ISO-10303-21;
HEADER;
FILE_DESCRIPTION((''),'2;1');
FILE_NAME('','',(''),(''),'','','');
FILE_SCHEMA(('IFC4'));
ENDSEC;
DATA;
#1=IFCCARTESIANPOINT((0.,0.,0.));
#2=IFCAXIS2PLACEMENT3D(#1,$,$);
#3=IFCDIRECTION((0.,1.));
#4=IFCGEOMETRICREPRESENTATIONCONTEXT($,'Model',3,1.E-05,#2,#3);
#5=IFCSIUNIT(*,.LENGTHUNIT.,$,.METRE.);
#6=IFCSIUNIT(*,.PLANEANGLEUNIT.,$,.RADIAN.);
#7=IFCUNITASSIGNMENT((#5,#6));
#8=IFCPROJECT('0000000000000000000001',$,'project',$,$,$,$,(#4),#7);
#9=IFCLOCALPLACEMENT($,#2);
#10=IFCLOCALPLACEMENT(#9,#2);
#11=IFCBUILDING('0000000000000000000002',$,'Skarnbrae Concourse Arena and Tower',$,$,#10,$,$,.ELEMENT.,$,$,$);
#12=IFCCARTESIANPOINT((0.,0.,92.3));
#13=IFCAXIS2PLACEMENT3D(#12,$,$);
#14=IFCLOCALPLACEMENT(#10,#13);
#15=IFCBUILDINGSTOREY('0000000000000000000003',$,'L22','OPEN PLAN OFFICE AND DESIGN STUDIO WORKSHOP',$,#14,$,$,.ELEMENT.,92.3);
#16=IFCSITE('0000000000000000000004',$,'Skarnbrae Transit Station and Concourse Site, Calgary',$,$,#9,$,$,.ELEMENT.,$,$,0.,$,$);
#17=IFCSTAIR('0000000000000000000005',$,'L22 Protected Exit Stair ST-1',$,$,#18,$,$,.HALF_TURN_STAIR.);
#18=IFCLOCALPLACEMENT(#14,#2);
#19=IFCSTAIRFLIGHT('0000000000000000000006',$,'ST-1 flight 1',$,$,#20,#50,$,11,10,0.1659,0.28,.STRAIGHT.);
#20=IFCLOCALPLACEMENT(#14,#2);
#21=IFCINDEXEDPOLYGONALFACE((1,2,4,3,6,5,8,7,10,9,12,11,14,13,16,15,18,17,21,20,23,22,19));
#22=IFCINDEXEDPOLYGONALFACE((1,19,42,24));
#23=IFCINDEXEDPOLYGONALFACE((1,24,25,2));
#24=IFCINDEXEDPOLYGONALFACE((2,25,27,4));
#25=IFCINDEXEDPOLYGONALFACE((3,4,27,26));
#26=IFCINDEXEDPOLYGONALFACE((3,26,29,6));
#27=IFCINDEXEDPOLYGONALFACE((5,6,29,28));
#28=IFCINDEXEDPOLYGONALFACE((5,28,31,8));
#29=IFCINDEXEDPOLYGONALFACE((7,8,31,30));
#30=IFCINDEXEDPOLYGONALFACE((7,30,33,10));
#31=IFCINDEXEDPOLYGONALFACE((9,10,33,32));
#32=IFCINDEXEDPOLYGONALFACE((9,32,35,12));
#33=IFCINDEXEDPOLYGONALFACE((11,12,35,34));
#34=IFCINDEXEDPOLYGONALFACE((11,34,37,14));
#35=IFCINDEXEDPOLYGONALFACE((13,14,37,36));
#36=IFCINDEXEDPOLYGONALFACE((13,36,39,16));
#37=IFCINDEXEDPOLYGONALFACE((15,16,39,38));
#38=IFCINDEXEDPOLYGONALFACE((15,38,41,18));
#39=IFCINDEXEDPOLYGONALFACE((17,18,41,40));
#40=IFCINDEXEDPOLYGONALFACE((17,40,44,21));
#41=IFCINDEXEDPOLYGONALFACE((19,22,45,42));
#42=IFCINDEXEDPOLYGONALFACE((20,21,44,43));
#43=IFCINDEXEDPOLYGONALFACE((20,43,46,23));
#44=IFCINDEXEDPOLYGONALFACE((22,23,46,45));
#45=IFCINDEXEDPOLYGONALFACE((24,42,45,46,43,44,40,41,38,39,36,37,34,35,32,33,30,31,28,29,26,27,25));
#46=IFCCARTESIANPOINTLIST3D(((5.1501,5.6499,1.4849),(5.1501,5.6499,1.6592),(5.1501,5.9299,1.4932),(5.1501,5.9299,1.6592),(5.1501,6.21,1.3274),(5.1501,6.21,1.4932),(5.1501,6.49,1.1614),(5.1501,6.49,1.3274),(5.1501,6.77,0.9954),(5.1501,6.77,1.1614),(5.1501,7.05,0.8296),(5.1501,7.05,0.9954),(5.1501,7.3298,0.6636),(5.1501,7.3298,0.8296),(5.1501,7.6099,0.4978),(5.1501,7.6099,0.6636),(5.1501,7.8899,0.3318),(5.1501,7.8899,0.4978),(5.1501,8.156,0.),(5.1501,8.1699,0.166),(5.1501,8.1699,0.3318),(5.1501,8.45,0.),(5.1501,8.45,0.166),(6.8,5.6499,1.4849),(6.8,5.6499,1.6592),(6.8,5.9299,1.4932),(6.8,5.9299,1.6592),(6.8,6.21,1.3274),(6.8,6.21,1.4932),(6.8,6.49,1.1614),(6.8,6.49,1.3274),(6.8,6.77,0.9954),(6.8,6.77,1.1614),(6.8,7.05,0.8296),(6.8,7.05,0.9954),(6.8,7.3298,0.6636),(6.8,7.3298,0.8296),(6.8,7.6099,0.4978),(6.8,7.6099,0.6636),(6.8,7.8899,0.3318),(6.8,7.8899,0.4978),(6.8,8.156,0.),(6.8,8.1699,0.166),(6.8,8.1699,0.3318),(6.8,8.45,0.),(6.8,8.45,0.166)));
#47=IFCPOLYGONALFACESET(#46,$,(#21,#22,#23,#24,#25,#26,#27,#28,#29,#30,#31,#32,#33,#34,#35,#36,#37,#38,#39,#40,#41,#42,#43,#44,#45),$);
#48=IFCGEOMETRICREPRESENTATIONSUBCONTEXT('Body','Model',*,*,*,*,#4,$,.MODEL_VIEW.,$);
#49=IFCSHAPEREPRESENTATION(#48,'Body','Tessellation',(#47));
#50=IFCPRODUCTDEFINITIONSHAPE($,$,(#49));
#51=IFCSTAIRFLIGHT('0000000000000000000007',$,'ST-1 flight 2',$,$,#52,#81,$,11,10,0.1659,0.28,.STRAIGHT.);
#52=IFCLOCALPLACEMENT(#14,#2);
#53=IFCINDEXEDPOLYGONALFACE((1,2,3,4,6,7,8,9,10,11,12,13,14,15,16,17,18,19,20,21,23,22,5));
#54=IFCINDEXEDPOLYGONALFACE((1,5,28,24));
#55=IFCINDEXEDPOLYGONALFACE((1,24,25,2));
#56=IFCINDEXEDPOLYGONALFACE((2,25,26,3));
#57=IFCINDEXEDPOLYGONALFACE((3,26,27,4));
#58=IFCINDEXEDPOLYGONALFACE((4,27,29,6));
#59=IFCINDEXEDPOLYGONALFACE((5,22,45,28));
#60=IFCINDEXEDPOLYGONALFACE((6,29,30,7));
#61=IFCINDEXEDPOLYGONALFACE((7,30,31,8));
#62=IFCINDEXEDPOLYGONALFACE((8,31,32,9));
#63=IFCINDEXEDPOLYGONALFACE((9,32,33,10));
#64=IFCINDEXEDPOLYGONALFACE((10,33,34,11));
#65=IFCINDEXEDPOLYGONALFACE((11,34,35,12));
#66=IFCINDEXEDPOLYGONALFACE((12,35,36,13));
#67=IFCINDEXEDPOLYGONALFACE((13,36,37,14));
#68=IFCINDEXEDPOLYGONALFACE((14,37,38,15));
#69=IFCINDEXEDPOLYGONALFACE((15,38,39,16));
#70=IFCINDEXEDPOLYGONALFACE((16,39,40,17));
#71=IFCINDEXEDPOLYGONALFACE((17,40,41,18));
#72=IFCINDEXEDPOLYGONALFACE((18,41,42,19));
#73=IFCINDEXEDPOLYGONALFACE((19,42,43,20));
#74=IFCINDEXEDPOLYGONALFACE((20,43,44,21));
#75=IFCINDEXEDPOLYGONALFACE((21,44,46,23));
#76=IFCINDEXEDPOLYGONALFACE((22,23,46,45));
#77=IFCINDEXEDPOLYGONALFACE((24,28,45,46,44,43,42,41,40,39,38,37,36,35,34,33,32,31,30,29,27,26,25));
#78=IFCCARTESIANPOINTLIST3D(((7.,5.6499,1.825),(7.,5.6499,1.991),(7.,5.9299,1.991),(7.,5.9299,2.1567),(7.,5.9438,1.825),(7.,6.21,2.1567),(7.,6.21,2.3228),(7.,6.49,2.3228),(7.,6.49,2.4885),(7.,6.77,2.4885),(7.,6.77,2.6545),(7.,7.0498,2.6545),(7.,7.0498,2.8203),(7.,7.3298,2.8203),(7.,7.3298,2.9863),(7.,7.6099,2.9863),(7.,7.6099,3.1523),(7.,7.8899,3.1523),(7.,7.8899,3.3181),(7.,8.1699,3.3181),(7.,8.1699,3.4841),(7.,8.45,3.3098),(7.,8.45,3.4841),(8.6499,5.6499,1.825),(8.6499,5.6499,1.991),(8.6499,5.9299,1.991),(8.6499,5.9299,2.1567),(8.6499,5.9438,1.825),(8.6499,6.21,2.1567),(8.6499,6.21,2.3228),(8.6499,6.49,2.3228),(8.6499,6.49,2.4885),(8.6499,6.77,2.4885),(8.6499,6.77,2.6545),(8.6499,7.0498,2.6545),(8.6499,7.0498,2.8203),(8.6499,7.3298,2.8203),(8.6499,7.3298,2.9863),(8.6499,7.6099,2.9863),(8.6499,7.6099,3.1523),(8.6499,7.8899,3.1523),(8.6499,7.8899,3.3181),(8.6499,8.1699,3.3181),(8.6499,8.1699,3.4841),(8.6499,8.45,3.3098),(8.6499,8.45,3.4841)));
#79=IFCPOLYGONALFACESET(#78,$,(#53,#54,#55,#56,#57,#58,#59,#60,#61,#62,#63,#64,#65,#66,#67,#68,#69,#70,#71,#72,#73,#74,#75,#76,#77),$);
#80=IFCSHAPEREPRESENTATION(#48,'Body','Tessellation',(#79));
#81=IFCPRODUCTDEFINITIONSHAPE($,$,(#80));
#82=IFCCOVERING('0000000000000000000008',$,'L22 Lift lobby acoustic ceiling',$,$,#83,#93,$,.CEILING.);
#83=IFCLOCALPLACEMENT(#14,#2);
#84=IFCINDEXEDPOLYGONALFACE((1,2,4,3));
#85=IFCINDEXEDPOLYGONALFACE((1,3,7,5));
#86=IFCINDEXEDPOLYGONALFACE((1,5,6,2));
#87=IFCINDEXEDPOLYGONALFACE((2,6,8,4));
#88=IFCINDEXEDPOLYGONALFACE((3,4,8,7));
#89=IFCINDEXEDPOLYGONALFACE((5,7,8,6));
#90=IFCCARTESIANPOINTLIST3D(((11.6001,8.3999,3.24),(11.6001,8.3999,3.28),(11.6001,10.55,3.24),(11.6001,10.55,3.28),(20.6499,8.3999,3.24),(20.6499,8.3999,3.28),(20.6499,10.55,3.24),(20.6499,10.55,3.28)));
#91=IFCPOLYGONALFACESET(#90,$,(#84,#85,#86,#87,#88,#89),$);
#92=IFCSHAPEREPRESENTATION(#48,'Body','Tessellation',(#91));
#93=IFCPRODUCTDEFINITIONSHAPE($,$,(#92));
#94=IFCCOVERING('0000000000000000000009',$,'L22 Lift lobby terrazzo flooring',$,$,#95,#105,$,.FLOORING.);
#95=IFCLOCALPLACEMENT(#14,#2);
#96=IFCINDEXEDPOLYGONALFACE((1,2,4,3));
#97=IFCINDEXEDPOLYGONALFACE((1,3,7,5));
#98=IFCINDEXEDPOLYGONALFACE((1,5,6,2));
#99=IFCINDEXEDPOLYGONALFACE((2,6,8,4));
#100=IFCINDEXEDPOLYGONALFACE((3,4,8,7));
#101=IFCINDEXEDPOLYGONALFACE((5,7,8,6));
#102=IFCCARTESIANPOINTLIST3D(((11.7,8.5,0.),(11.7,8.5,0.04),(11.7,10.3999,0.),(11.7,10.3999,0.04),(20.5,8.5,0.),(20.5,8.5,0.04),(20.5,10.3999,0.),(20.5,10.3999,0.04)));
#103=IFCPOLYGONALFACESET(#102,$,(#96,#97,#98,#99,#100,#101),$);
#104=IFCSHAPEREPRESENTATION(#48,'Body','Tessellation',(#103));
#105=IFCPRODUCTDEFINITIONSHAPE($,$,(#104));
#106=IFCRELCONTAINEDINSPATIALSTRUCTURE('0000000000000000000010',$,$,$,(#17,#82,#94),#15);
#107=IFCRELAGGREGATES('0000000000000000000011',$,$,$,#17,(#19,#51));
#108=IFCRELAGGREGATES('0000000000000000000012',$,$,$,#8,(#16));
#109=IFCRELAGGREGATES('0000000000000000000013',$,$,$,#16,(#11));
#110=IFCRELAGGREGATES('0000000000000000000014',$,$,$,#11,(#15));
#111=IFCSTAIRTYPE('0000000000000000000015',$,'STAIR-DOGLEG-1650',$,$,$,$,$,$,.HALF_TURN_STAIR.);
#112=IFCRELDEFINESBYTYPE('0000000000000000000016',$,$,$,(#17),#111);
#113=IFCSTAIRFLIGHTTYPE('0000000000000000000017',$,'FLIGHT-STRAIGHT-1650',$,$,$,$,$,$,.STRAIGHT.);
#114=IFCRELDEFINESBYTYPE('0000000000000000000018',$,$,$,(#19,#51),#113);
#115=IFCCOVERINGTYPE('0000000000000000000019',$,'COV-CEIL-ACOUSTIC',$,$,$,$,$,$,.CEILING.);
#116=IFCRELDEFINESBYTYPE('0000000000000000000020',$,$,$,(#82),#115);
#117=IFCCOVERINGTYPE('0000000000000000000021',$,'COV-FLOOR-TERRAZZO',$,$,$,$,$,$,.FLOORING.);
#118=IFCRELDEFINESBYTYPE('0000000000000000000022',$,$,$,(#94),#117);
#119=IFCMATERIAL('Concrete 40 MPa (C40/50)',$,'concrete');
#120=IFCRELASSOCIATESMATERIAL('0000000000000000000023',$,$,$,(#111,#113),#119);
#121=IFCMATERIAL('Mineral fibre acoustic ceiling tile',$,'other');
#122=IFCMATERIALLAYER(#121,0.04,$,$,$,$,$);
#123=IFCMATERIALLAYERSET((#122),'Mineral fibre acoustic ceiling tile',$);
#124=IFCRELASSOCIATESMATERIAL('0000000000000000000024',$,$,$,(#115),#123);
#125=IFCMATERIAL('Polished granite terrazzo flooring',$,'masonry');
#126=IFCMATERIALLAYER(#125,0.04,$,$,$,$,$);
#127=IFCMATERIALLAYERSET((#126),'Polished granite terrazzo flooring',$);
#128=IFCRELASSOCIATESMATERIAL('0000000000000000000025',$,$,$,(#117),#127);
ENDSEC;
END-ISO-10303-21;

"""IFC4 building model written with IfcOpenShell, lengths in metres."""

from ifc_helpers import new_model, si_unit, direction, frame, origin, place, context, subcontext, project, spatial, polyline, outline, extrude, source, transform, mapped, material, layer, layer_set, type_object, element, aggregate, save


model = new_model("IFC4")

# Units and contexts
model_context = context("Model", 3, precision=1e-05, world=origin(), true_north=direction((0.0, 1.0)))
body_context = subcontext(model_context, "Body", "Model", "MODEL_VIEW")
ifc_project = project(units=[si_unit("LENGTHUNIT", "METRE"), si_unit("PLANEANGLEUNIT", "RADIAN")], contexts=[model_context])

# Site, building, storey
site_placement = place(None, origin())
site = spatial("IfcSite", under=ifc_project, at=site_placement, Name="Skarnbrae Transit Station and Concourse Site, Calgary", CompositionType="ELEMENT", RefElevation=0.0)
building_placement = place(site_placement, origin())
building = spatial("IfcBuilding", under=site, at=building_placement, Name="Skarnbrae Concourse Arena and Tower", CompositionType="ELEMENT")
storey_placement = place(building_placement, frame((0.0, 0.0, 92.3)))
storey = spatial("IfcBuildingStorey", under=building, at=storey_placement, Name="L22", Description="OPEN PLAN OFFICE AND DESIGN STUDIO WORKSHOP", CompositionType="ELEMENT", Elevation=92.3)

# Stair
ifc_material_1 = material(Name="Concrete 40 MPa (C40/50)", Category="concrete")
stair_type = type_object("IfcStairType", Name="STAIR-DOGLEG-1650", PredefinedType="HALF_TURN_STAIR", material=ifc_material_1)
stair_1_placement = place(storey_placement, origin())
stair_1 = element("IfcStair", 1, at=stair_1_placement, inside=storey, type_object=stair_type, Name="L22 Protected Exit Stair ST-1", PredefinedType="HALF_TURN_STAIR")

# Stair flights
stair_flight_type = type_object("IfcStairFlightType", Name="FLIGHT-STRAIGHT-1650", PredefinedType="STRAIGHT", material=ifc_material_1)
shared_shape_1 = source(origin(), body_context, "Body", "SweptSolid", [
    extrude(outline(polyline([(0.0, 0.0), (0.0, 0.166), (0.28, 0.166), (0.28, 0.3318), (0.5601, 0.3318), (0.5601, 0.4978), (0.8401, 0.4978), (0.8401, 0.6636), (1.1201, 0.6636), (1.1201, 0.8296), (1.3999, 0.8296), (1.3999, 0.9954), (1.6799, 0.9954), (1.6799, 1.1614), (1.96, 1.1614), (1.96, 1.3274), (2.24, 1.3274), (2.24, 1.4932), (2.52, 1.4932), (2.52, 1.6592), (2.8, 1.6592), (2.8, 1.825), (2.8, 1.4849), (0.2939, 0.0), (0.0, 0.0)])), frame((0.0, 0.825, 0.0), z_axis=(0.0, -1.0, 0.0), x_axis=(1.0, 0.0, 0.0)), (0.0, 0.0, 1.0), 1.6499),
])
stair_flight_1_placement = place(storey_placement, frame((5.9751, 8.45, 0.0), z_axis=(0.0, 0.0, 1.0), x_axis=(0.0, -1.0, 0.0)))
stair_flight_1 = element("IfcStairFlight", 2, at=stair_flight_1_placement, type_object=stair_flight_type, Name="ST-1 flight 1", NumberOfRisers=11, NumberOfTreads=10, PredefinedType="STRAIGHT", RiserHeight=0.1659, TreadLength=0.28, context=body_context, shape_type="MappedRepresentation", body=[
    mapped(shared_shape_1, transform((0.0, 0.0, 0.0))),
])
stair_flight_2_placement = place(storey_placement, frame((7.825, 5.6499, 1.825), z_axis=(0.0, 0.0, 1.0), x_axis=(0.0, 1.0, 0.0)))
stair_flight_2 = element("IfcStairFlight", 3, at=stair_flight_2_placement, type_object=stair_flight_type, Name="ST-1 flight 2", NumberOfRisers=11, NumberOfTreads=10, PredefinedType="STRAIGHT", RiserHeight=0.1659, TreadLength=0.28, context=body_context, shape_type="MappedRepresentation", body=[
    mapped(shared_shape_1, transform((0.0, 0.0, 0.0))),
])
aggregate(stair_1, [stair_flight_1, stair_flight_2])

# Coverings
ifc_material_2 = material(Name="Mineral fibre acoustic ceiling tile", Category="other")
ifc_layer_1 = layer(ifc_material_2, 0.04)
ifc_layer_set_1 = layer_set([ifc_layer_1], Name="Mineral fibre acoustic ceiling tile")
covering_type_1 = type_object("IfcCoveringType", Name="COV-CEIL-ACOUSTIC", PredefinedType="CEILING", material=ifc_layer_set_1)
covering_1_placement = place(storey_placement, frame((0.0, 0.0, 3.24)))
element("IfcCovering", 4, at=covering_1_placement, inside=storey, type_object=covering_type_1, Name="L22 Lift lobby acoustic ceiling", PredefinedType="CEILING", context=body_context, shape_type="SweptSolid", body=[
    extrude(outline(polyline([(11.6001, 8.3999), (20.6499, 8.3999), (20.6499, 10.55), (11.6001, 10.55), (11.6001, 8.3999)])), origin(), (0.0, 0.0, 1.0), 0.04),
])
ifc_material_3 = material(Name="Polished granite terrazzo flooring", Category="masonry")
ifc_layer_2 = layer(ifc_material_3, 0.04)
ifc_layer_set_2 = layer_set([ifc_layer_2], Name="Polished granite terrazzo flooring")
covering_type_2 = type_object("IfcCoveringType", Name="COV-FLOOR-TERRAZZO", PredefinedType="FLOORING", material=ifc_layer_set_2)
covering_2_placement = place(storey_placement, origin())
element("IfcCovering", 5, at=covering_2_placement, inside=storey, type_object=covering_type_2, Name="L22 Lift lobby terrazzo flooring", PredefinedType="FLOORING", context=body_context, shape_type="SweptSolid", body=[
    extrude(outline(polyline([(11.7, 8.5), (20.5, 8.5), (20.5, 10.3999), (11.7, 10.3999), (11.7, 8.5)])), origin(), (0.0, 0.0, 1.0), 0.04),
])

save(model, "model.ifc")
